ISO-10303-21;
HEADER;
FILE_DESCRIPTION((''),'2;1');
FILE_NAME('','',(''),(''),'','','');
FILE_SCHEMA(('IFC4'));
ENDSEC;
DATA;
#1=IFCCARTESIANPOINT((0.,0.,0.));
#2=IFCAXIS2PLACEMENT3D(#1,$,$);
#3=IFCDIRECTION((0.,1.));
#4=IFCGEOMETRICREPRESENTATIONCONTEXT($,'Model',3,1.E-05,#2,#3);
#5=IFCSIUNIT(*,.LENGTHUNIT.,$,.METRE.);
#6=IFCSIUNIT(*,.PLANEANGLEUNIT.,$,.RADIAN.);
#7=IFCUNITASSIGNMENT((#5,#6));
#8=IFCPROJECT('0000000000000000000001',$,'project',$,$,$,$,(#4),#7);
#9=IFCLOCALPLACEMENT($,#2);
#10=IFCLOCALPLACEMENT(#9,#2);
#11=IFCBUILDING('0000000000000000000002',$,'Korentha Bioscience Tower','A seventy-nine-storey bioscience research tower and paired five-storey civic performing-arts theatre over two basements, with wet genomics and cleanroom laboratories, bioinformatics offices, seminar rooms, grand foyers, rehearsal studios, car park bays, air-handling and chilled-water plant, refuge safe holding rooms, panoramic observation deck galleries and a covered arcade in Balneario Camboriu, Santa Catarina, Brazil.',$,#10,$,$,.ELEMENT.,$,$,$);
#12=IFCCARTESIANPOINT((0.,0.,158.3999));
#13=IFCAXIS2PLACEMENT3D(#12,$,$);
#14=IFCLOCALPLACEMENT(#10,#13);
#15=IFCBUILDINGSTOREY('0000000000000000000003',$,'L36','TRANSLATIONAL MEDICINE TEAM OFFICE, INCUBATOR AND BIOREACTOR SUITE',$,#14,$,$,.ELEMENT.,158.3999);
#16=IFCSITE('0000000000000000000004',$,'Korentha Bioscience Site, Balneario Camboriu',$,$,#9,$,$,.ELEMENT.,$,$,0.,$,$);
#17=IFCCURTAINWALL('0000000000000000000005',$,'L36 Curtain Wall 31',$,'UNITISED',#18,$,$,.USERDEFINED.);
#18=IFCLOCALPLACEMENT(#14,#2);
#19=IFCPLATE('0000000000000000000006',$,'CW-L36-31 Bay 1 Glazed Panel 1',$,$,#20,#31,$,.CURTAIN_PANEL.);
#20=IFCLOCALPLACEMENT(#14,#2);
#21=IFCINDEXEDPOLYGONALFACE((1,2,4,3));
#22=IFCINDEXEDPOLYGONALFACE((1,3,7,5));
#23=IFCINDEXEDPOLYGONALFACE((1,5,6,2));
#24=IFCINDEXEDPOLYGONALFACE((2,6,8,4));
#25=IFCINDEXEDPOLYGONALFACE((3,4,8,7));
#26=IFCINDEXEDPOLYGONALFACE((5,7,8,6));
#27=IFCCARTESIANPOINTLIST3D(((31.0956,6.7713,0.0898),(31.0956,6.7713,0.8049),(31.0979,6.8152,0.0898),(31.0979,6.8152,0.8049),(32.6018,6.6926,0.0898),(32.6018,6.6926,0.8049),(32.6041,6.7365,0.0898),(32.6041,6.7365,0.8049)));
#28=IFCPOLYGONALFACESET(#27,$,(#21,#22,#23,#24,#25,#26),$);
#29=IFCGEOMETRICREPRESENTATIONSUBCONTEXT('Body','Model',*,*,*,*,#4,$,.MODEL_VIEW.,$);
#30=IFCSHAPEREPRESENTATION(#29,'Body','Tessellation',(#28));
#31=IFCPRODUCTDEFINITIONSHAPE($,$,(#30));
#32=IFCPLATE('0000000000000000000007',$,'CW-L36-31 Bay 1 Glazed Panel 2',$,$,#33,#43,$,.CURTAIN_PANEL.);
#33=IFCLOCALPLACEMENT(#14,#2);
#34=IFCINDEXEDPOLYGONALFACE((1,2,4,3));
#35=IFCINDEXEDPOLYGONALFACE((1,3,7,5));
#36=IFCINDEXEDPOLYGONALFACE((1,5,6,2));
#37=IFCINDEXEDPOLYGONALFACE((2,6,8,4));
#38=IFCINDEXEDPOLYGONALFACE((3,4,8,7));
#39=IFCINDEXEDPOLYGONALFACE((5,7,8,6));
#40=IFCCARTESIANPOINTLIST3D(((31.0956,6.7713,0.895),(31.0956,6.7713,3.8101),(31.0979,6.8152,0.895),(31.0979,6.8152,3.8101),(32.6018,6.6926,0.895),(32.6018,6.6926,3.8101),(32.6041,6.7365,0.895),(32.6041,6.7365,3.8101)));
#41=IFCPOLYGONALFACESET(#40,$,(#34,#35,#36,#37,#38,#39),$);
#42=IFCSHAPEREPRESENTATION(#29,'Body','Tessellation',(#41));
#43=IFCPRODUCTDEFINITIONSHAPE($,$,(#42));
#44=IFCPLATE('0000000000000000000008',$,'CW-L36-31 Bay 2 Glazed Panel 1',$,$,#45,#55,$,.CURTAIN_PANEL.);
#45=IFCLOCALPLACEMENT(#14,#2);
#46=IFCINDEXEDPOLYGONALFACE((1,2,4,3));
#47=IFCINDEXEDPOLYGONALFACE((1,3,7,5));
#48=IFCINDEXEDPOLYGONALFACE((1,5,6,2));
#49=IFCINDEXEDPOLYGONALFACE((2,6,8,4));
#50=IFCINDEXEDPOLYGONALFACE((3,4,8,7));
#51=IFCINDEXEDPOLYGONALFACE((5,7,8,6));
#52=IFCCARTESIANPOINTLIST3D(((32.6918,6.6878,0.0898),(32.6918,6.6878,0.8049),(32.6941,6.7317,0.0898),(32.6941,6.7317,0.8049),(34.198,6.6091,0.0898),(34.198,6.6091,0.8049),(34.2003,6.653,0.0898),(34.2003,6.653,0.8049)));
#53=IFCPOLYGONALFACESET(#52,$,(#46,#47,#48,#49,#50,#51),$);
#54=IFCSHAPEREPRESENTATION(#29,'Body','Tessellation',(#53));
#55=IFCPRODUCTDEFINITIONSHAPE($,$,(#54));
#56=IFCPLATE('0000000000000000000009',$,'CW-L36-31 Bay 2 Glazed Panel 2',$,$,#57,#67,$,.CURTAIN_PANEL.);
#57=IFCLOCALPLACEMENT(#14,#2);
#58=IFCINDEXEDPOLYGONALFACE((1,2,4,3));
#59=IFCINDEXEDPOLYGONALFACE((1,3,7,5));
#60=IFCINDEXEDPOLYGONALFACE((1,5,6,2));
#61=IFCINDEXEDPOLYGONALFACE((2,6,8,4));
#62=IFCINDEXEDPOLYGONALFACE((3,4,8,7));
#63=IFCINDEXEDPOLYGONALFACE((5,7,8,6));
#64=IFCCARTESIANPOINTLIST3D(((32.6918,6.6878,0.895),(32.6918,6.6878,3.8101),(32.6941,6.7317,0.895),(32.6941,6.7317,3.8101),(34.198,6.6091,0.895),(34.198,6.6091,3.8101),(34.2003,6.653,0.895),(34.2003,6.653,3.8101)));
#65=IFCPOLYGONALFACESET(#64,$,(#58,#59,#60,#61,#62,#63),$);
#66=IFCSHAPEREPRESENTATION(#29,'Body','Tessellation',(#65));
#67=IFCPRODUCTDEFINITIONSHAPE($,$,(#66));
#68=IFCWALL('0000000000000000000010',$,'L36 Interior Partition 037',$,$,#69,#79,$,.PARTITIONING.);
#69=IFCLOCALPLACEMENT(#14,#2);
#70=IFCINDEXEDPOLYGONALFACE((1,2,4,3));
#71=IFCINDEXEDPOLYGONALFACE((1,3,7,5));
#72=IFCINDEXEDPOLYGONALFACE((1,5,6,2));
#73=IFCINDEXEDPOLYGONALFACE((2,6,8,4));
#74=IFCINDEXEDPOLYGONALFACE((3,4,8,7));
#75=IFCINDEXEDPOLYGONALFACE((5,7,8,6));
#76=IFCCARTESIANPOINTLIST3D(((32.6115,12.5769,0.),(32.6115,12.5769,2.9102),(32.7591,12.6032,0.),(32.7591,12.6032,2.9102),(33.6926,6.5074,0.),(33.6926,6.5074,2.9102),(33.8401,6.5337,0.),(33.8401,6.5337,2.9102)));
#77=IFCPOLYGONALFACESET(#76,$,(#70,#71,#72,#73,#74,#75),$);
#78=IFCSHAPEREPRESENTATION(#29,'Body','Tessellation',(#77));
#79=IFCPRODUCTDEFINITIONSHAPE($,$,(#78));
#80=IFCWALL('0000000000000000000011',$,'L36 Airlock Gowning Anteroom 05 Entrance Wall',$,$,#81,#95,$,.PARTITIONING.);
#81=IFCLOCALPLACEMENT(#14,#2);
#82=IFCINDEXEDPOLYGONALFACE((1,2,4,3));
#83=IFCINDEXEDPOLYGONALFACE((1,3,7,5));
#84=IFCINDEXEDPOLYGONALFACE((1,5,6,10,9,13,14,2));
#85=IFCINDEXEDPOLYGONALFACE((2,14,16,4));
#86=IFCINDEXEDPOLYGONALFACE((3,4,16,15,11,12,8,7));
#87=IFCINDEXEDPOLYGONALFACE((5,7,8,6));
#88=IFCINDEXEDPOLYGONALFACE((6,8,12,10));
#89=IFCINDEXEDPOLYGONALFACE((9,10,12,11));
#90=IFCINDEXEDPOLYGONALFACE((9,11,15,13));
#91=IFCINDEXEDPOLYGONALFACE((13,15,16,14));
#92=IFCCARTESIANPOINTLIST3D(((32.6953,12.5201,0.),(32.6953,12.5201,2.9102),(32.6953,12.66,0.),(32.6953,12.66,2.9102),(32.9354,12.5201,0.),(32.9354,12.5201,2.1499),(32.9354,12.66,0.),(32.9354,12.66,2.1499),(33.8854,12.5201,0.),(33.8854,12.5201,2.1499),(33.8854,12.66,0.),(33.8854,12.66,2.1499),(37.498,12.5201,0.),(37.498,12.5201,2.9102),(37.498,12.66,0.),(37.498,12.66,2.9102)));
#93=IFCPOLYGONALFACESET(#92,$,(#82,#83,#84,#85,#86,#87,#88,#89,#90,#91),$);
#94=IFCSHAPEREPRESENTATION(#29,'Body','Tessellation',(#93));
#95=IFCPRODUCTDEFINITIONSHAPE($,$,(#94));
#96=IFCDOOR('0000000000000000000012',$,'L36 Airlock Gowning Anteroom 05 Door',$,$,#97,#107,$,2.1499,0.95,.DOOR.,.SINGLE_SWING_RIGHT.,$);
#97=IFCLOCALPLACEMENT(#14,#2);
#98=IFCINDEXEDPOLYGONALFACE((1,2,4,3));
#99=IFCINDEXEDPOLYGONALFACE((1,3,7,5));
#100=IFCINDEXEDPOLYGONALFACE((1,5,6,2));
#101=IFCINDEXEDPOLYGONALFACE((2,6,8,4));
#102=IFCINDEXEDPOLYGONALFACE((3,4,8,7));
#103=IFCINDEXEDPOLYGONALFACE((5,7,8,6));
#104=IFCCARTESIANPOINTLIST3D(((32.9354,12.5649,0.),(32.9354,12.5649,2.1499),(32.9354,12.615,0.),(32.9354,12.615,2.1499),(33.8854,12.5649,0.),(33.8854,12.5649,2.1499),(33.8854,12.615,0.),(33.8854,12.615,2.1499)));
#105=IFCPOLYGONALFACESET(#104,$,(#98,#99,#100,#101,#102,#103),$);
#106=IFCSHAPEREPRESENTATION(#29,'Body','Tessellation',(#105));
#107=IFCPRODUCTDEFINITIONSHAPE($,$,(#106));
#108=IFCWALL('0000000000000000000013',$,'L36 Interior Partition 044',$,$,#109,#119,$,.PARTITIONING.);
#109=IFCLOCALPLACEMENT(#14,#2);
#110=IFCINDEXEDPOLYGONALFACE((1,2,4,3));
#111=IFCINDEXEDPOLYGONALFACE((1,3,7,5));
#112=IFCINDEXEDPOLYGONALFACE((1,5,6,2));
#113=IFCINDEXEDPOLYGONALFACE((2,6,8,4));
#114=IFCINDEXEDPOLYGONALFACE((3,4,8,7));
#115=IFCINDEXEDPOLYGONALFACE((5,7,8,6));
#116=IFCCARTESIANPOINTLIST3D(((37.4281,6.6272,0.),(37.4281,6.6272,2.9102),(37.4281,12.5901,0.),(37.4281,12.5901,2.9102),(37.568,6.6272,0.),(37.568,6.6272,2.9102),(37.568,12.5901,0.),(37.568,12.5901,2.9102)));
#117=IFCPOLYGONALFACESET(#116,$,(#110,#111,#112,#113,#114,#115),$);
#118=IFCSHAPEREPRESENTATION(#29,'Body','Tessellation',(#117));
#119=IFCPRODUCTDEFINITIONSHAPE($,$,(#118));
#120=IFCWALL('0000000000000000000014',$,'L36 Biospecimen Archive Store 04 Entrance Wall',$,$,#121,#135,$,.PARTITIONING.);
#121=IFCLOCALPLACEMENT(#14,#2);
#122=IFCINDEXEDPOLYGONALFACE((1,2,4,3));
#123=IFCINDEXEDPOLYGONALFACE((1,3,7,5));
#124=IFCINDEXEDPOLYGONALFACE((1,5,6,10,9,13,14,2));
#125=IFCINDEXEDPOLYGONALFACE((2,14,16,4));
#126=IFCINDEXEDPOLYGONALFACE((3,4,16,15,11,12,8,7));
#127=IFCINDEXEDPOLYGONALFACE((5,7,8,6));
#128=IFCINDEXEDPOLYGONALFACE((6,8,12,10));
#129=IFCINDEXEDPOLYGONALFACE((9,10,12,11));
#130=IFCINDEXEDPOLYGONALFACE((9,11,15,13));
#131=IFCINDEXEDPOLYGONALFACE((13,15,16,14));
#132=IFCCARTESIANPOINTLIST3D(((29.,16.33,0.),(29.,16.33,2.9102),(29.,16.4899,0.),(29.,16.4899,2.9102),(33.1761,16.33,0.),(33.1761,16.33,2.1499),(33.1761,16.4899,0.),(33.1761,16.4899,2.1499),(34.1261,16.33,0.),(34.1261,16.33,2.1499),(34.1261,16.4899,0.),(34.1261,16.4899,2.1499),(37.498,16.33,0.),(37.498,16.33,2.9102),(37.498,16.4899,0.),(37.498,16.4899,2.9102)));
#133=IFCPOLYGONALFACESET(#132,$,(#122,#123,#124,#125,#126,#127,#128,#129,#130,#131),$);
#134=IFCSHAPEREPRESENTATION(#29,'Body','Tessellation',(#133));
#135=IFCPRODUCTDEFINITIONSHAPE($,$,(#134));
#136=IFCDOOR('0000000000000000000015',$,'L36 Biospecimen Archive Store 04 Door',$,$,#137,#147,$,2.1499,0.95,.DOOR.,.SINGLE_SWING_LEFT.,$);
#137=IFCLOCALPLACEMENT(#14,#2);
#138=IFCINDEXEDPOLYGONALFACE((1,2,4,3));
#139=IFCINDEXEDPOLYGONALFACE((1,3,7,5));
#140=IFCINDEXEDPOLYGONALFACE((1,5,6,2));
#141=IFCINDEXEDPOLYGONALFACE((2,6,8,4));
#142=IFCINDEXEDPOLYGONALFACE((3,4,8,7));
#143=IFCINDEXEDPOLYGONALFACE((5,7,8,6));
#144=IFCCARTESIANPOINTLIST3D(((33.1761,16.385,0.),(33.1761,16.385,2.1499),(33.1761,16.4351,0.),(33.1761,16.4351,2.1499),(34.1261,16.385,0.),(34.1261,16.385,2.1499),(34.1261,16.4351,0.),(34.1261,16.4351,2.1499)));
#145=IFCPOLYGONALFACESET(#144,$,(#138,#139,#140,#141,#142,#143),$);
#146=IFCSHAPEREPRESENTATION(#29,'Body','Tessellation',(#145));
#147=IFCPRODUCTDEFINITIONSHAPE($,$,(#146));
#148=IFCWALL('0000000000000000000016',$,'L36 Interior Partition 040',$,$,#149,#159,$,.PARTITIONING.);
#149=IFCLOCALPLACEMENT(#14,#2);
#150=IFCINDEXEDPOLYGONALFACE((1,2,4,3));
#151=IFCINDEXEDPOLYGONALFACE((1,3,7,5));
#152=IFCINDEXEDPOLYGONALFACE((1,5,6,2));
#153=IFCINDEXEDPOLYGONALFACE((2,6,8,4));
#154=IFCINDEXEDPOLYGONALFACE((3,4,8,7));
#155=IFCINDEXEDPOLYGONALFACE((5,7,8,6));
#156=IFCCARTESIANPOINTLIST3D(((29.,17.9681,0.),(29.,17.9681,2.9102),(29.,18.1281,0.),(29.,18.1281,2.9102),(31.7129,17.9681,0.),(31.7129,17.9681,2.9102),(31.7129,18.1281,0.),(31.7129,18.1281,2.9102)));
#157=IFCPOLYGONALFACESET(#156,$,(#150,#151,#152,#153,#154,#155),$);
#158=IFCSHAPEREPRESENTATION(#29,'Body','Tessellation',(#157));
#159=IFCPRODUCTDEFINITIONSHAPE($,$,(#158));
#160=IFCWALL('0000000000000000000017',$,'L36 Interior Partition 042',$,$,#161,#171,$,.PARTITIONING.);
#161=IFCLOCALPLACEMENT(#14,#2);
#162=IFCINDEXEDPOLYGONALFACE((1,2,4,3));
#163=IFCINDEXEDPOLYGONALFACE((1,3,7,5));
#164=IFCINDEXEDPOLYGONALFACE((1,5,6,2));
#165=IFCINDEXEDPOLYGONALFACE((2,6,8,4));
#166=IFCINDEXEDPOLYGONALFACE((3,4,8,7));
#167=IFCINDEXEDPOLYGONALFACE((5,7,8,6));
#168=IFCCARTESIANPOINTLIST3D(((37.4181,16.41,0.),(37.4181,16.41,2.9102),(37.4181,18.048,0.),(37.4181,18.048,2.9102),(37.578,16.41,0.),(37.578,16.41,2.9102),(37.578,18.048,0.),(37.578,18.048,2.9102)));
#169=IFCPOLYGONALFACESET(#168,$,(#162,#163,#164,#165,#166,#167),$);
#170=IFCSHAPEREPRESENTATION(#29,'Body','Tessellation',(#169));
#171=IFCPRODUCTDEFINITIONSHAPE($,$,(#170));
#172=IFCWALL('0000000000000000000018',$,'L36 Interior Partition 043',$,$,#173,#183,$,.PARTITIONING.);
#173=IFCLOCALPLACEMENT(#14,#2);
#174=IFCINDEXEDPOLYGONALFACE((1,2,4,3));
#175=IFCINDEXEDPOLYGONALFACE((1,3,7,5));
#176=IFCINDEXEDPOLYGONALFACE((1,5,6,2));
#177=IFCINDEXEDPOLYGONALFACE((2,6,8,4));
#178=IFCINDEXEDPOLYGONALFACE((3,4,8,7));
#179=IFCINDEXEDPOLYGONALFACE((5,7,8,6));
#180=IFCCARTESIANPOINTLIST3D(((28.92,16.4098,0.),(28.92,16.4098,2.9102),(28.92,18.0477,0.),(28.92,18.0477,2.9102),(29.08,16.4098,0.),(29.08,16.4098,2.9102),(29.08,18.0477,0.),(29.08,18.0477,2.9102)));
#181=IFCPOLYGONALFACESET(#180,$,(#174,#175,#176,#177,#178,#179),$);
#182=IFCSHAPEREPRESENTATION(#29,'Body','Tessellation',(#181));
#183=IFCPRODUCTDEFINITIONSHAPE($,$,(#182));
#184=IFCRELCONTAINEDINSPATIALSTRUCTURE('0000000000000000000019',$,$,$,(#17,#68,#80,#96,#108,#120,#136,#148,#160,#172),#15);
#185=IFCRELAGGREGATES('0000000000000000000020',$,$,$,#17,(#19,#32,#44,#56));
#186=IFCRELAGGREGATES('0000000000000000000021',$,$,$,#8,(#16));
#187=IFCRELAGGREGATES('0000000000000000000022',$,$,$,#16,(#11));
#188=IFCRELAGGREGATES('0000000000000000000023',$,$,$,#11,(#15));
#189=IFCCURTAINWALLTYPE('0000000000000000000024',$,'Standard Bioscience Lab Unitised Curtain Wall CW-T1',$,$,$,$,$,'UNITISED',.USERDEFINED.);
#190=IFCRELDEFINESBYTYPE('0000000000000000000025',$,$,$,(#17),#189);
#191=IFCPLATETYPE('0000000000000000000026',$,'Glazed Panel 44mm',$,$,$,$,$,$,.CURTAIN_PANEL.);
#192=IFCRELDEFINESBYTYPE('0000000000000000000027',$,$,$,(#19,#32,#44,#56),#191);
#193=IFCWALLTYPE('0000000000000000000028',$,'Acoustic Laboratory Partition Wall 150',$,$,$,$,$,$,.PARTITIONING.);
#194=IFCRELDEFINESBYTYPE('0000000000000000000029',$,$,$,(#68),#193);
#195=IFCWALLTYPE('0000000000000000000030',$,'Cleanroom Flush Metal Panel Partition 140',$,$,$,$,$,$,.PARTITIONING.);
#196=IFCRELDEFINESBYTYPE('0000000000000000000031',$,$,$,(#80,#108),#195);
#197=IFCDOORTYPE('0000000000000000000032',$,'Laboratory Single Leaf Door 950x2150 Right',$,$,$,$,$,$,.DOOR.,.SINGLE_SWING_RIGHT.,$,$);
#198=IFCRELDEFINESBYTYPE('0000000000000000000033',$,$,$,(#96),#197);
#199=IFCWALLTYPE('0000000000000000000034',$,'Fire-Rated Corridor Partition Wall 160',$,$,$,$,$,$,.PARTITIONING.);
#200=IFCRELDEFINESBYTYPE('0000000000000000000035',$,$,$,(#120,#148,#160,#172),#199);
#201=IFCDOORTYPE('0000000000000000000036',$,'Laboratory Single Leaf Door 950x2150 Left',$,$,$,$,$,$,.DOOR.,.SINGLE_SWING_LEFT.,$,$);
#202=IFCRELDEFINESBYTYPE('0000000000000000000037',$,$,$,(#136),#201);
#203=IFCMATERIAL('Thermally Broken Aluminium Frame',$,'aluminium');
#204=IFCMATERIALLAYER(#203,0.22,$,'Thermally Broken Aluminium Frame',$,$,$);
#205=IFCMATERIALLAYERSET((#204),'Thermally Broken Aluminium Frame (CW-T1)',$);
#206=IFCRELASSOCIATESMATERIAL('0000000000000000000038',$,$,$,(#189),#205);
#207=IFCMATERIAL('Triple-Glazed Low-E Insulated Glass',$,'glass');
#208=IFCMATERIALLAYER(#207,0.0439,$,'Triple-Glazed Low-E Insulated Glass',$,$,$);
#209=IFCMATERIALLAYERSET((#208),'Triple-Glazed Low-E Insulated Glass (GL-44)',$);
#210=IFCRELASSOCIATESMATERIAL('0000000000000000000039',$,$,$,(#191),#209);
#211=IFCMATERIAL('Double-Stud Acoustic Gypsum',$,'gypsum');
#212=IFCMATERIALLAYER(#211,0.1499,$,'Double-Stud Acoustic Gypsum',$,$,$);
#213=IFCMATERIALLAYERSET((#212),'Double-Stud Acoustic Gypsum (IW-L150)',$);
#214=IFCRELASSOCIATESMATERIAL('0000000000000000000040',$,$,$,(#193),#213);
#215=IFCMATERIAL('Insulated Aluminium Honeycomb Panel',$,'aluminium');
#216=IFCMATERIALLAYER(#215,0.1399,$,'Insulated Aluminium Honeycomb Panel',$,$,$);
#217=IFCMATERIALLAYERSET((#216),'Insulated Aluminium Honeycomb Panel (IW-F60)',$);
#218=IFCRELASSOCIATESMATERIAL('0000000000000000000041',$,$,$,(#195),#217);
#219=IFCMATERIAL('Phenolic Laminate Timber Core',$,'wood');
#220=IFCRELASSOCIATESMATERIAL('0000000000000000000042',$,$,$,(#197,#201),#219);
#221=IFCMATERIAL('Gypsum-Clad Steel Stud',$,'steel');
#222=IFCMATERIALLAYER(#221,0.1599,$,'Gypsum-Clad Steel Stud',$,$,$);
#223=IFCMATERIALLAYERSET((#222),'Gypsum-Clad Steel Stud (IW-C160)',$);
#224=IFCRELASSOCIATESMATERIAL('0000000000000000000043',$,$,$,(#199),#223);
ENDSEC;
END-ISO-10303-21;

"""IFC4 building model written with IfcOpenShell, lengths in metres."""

from ifc_helpers import new_model, si_unit, direction, frame, frame_2d, origin, origin_2d, place, context, subcontext, project, spatial, rectangle, extrude, material, layer, layer_set, type_object, element, fill, aggregate, save


model = new_model("IFC4")

# Units and contexts
model_context = context("Model", 3, precision=1e-05, world=origin(), true_north=direction((0.0, 1.0)))
body_context = subcontext(model_context, "Body", "Model", "MODEL_VIEW")
ifc_project = project(units=[si_unit("LENGTHUNIT", "METRE"), si_unit("PLANEANGLEUNIT", "RADIAN")], contexts=[model_context])

# Site, building, storey
site_placement = place(None, origin())
site = spatial("IfcSite", under=ifc_project, at=site_placement, Name="Korentha Bioscience Site, Balneario Camboriu", CompositionType="ELEMENT", RefElevation=0.0)
building_placement = place(site_placement, origin())
building = spatial("IfcBuilding", under=site, at=building_placement, Name="Korentha Bioscience Tower", Description="A seventy-nine-storey bioscience research tower and paired five-storey civic performing-arts theatre over two basements, with wet genomics and cleanroom laboratories, bioinformatics offices, seminar rooms, grand foyers, rehearsal studios, car park bays, air-handling and chilled-water plant, refuge safe holding rooms, panoramic observation deck galleries and a covered arcade in Balneario Camboriu, Santa Catarina, Brazil.", CompositionType="ELEMENT")
storey_placement = place(building_placement, frame((0.0, 0.0, 158.3999)))
storey = spatial("IfcBuildingStorey", under=building, at=storey_placement, Name="L36", Description="TRANSLATIONAL MEDICINE TEAM OFFICE, INCUBATOR AND BIOREACTOR SUITE", CompositionType="ELEMENT", Elevation=158.3999)

# Curtain wall
ifc_material_1 = material(Name="Thermally Broken Aluminium Frame", Category="aluminium")
ifc_layer_1 = layer(ifc_material_1, 0.22, Name="Thermally Broken Aluminium Frame")
ifc_layer_set_1 = layer_set([ifc_layer_1], Name="Thermally Broken Aluminium Frame (CW-T1)")
curtain_wall_type = type_object("IfcCurtainWallType", Name="Standard Bioscience Lab Unitised Curtain Wall CW-T1", ElementType="UNITISED", PredefinedType="USERDEFINED", material=ifc_layer_set_1)
curtain_wall_placement = place(storey_placement, origin())
curtain_wall = element("IfcCurtainWall", 1, at=curtain_wall_placement, inside=storey, type_object=curtain_wall_type, Name="L36 Curtain Wall 31", ObjectType="UNITISED", PredefinedType="USERDEFINED")

# Plates
ifc_material_2 = material(Name="Triple-Glazed Low-E Insulated Glass", Category="glass")
ifc_layer_2 = layer(ifc_material_2, 0.0439, Name="Triple-Glazed Low-E Insulated Glass")
ifc_layer_set_2 = layer_set([ifc_layer_2], Name="Triple-Glazed Low-E Insulated Glass (GL-44)")
plate_type = type_object("IfcPlateType", Name="Glazed Panel 44mm", PredefinedType="CURTAIN_PANEL", material=ifc_layer_set_2)
plate_1_placement = place(storey_placement, frame((31.8499, 6.7539, 0.0898), z_axis=(0.0, 0.0, 1.0), x_axis=(0.998638, -0.05218, 0.0)))
plate_1 = element("IfcPlate", 2, at=plate_1_placement, type_object=plate_type, Name="CW-L36-31 Bay 1 Glazed Panel 1", PredefinedType="CURTAIN_PANEL", context=body_context, shape_type="SweptSolid", body=[
    extrude(rectangle(XDim=1.5083, YDim=0.0439, at=origin_2d()), origin(), (0.0, 0.0, 1.0), 0.7151),
])
plate_2_placement = place(storey_placement, frame((31.8499, 6.7539, 0.895), z_axis=(0.0, 0.0, 1.0), x_axis=(0.998638, -0.05218, 0.0)))
plate_2 = element("IfcPlate", 3, at=plate_2_placement, type_object=plate_type, Name="CW-L36-31 Bay 1 Glazed Panel 2", PredefinedType="CURTAIN_PANEL", context=body_context, shape_type="SweptSolid", body=[
    extrude(rectangle(XDim=1.5083, YDim=0.0439, at=origin_2d()), origin(), (0.0, 0.0, 1.0), 2.915),
])
plate_3_placement = place(storey_placement, frame((33.446, 6.6704, 0.0898), z_axis=(0.0, 0.0, 1.0), x_axis=(0.998638, -0.05218, 0.0)))
plate_3 = element("IfcPlate", 4, at=plate_3_placement, type_object=plate_type, Name="CW-L36-31 Bay 2 Glazed Panel 1", PredefinedType="CURTAIN_PANEL", context=body_context, shape_type="SweptSolid", body=[
    extrude(rectangle(XDim=1.5083, YDim=0.0439, at=origin_2d()), origin(), (0.0, 0.0, 1.0), 0.7151),
])
plate_4_placement = place(storey_placement, frame((33.446, 6.6704, 0.895), z_axis=(0.0, 0.0, 1.0), x_axis=(0.998638, -0.05218, 0.0)))
plate_4 = element("IfcPlate", 5, at=plate_4_placement, type_object=plate_type, Name="CW-L36-31 Bay 2 Glazed Panel 2", PredefinedType="CURTAIN_PANEL", context=body_context, shape_type="SweptSolid", body=[
    extrude(rectangle(XDim=1.5083, YDim=0.0439, at=origin_2d()), origin(), (0.0, 0.0, 1.0), 2.915),
])
aggregate(curtain_wall, [plate_1, plate_2, plate_3, plate_4])

# Wall
ifc_material_3 = material(Name="Double-Stud Acoustic Gypsum", Category="gypsum")
ifc_layer_3 = layer(ifc_material_3, 0.1499, Name="Double-Stud Acoustic Gypsum")
ifc_layer_set_3 = layer_set([ifc_layer_3], Name="Double-Stud Acoustic Gypsum (IW-L150)")
wall_type_1 = type_object("IfcWallType", Name="Acoustic Laboratory Partition Wall 150", PredefinedType="PARTITIONING", material=ifc_layer_set_3)
wall_1_placement = place(storey_placement, frame((32.6853, 12.5901, 0.0), z_axis=(0.0, 0.0, 1.0), x_axis=(0.175351, -0.984506, 0.0)))
element("IfcWall", 6, at=wall_1_placement, inside=storey, type_object=wall_type_1, Name="L36 Interior Partition 037", PredefinedType="PARTITIONING", context=body_context, shape_type="SweptSolid", body=[
    extrude(rectangle(XDim=6.165, YDim=0.1499, at=frame_2d((3.0825, 0.0))), origin(), (0.0, 0.0, 1.0), 2.9102),
])

# Wall, opening, door
ifc_material_4 = material(Name="Insulated Aluminium Honeycomb Panel", Category="aluminium")
ifc_layer_4 = layer(ifc_material_4, 0.1399, Name="Insulated Aluminium Honeycomb Panel")
ifc_layer_set_4 = layer_set([ifc_layer_4], Name="Insulated Aluminium Honeycomb Panel (IW-F60)")
wall_type_2 = type_object("IfcWallType", Name="Cleanroom Flush Metal Panel Partition 140", PredefinedType="PARTITIONING", material=ifc_layer_set_4)
wall_2_placement = place(storey_placement, frame((32.6953, 12.5901, 0.0), z_axis=(0.0, 0.0, 1.0), x_axis=(1.0, 0.0, 0.0)))
wall_2 = element("IfcWall", 7, at=wall_2_placement, inside=storey, type_object=wall_type_2, Name="L36 Airlock Gowning Anteroom 05 Entrance Wall", PredefinedType="PARTITIONING", context=body_context, shape_type="SweptSolid", body=[
    extrude(rectangle(XDim=4.8027, YDim=0.1399, at=frame_2d((2.4014, 0.0))), origin(), (0.0, 0.0, 1.0), 2.9102),
])
opening_1_placement = place(wall_2_placement, frame((0.24, 0.0, 0.0)))
opening_1 = element("IfcOpeningElement", 8, at=opening_1_placement, cuts=wall_2, PredefinedType="OPENING", context=body_context, shape_type="SweptSolid", body=[
    extrude(rectangle(XDim=0.95, YDim=2.1499, at=frame_2d((0.4751, 1.075))), frame((0.0, 0.085, 0.0), z_axis=(0.0, -1.0, 0.0), x_axis=(1.0, 0.0, 0.0)), (0.0, 0.0, 1.0), 0.1697),
])
ifc_material_5 = material(Name="Phenolic Laminate Timber Core", Category="wood")
door_type_1 = type_object("IfcDoorType", Name="Laboratory Single Leaf Door 950x2150 Right", OperationType="SINGLE_SWING_RIGHT", PredefinedType="DOOR", material=ifc_material_5)
door_1_placement = place(opening_1_placement, origin())
door_1 = element("IfcDoor", 9, at=door_1_placement, inside=storey, type_object=door_type_1, Name="L36 Airlock Gowning Anteroom 05 Door", OperationType="SINGLE_SWING_RIGHT", OverallHeight=2.1499, OverallWidth=0.95, PredefinedType="DOOR", context=body_context, shape_type="SweptSolid", body=[
    extrude(rectangle(XDim=0.95, YDim=2.1499, at=frame_2d((0.4751, 1.075))), frame((0.0, 0.0249, 0.0), z_axis=(0.0, -1.0, 0.0), x_axis=(1.0, 0.0, 0.0)), (0.0, 0.0, 1.0), 0.05),
])
fill(opening_1, door_1)

# Wall
wall_3_placement = place(storey_placement, frame((37.498, 12.5901, 0.0), z_axis=(0.0, 0.0, 1.0), x_axis=(0.0, -1.0, 0.0)))
element("IfcWall", 10, at=wall_3_placement, inside=storey, type_object=wall_type_2, Name="L36 Interior Partition 044", PredefinedType="PARTITIONING", context=body_context, shape_type="SweptSolid", body=[
    extrude(rectangle(XDim=5.9629, YDim=0.1399, at=frame_2d((2.9814, 0.0))), origin(), (0.0, 0.0, 1.0), 2.9102),
])

# Wall, opening, door
ifc_material_6 = material(Name="Gypsum-Clad Steel Stud", Category="steel")
ifc_layer_5 = layer(ifc_material_6, 0.1599, Name="Gypsum-Clad Steel Stud")
ifc_layer_set_5 = layer_set([ifc_layer_5], Name="Gypsum-Clad Steel Stud (IW-C160)")
wall_type_3 = type_object("IfcWallType", Name="Fire-Rated Corridor Partition Wall 160", PredefinedType="PARTITIONING", material=ifc_layer_set_5)
wall_4_placement = place(storey_placement, frame((37.498, 16.4099, 0.0), z_axis=(0.0, 0.0, 1.0), x_axis=(-1.0, 0.0, 0.0)))
wall_4 = element("IfcWall", 11, at=wall_4_placement, inside=storey, type_object=wall_type_3, Name="L36 Biospecimen Archive Store 04 Entrance Wall", PredefinedType="PARTITIONING", context=body_context, shape_type="SweptSolid", body=[
    extrude(rectangle(XDim=8.498, YDim=0.1599, at=frame_2d((4.249, 0.0))), origin(), (0.0, 0.0, 1.0), 2.9102),
])
opening_2_placement = place(wall_4_placement, frame((3.3718, 0.0, 0.0)))
opening_2 = element("IfcOpeningElement", 12, at=opening_2_placement, cuts=wall_4, PredefinedType="OPENING", context=body_context, shape_type="SweptSolid", body=[
    extrude(rectangle(XDim=0.95, YDim=2.1499, at=frame_2d((0.4751, 1.075))), frame((0.0, 0.0947, 0.0), z_axis=(0.0, -1.0, 0.0), x_axis=(1.0, 0.0, 0.0)), (0.0, 0.0, 1.0), 0.1897),
])
door_type_2 = type_object("IfcDoorType", Name="Laboratory Single Leaf Door 950x2150 Left", OperationType="SINGLE_SWING_LEFT", PredefinedType="DOOR", material=ifc_material_5)
door_2_placement = place(opening_2_placement, origin())
door_2 = element("IfcDoor", 13, at=door_2_placement, inside=storey, type_object=door_type_2, Name="L36 Biospecimen Archive Store 04 Door", OperationType="SINGLE_SWING_LEFT", OverallHeight=2.1499, OverallWidth=0.95, PredefinedType="DOOR", context=body_context, shape_type="SweptSolid", body=[
    extrude(rectangle(XDim=0.95, YDim=2.1499, at=frame_2d((0.4751, 1.075))), frame((0.0, 0.0249, 0.0), z_axis=(0.0, -1.0, 0.0), x_axis=(1.0, 0.0, 0.0)), (0.0, 0.0, 1.0), 0.05),
])
fill(opening_2, door_2)

# Walls
wall_5_placement = place(storey_placement, frame((29.0, 18.0481, 0.0), z_axis=(0.0, 0.0, 1.0), x_axis=(1.0, 0.0, 0.0)))
element("IfcWall", 14, at=wall_5_placement, inside=storey, type_object=wall_type_3, Name="L36 Interior Partition 040", PredefinedType="PARTITIONING", context=body_context, shape_type="SweptSolid", body=[
    extrude(rectangle(XDim=2.7129, YDim=0.1599, at=frame_2d((1.3564, 0.0))), origin(), (0.0, 0.0, 1.0), 2.9102),
])
for number, where, z_axis, x_axis, name in (
    (15, (37.498, 18.0479, 0.0), (0.0, 0.0, 1.0), (0.0, -1.0, 0.0), "L36 Interior Partition 042"),
    (16, (29.0, 16.4099, 0.0), (0.0, 0.0, 1.0), (0.0, 1.0, 0.0), "L36 Interior Partition 043"),
):
    element("IfcWall", number, at=place(storey_placement, frame(where, z_axis=z_axis, x_axis=x_axis)), inside=storey, type_object=wall_type_3, Name=name, PredefinedType="PARTITIONING", context=body_context, shape_type="SweptSolid", body=[
        extrude(rectangle(XDim=1.6379, YDim=0.1599, at=frame_2d((0.8188, 0.0))), origin(), (0.0, 0.0, 1.0), 2.9102),
    ])

save(model, "model.ifc")
